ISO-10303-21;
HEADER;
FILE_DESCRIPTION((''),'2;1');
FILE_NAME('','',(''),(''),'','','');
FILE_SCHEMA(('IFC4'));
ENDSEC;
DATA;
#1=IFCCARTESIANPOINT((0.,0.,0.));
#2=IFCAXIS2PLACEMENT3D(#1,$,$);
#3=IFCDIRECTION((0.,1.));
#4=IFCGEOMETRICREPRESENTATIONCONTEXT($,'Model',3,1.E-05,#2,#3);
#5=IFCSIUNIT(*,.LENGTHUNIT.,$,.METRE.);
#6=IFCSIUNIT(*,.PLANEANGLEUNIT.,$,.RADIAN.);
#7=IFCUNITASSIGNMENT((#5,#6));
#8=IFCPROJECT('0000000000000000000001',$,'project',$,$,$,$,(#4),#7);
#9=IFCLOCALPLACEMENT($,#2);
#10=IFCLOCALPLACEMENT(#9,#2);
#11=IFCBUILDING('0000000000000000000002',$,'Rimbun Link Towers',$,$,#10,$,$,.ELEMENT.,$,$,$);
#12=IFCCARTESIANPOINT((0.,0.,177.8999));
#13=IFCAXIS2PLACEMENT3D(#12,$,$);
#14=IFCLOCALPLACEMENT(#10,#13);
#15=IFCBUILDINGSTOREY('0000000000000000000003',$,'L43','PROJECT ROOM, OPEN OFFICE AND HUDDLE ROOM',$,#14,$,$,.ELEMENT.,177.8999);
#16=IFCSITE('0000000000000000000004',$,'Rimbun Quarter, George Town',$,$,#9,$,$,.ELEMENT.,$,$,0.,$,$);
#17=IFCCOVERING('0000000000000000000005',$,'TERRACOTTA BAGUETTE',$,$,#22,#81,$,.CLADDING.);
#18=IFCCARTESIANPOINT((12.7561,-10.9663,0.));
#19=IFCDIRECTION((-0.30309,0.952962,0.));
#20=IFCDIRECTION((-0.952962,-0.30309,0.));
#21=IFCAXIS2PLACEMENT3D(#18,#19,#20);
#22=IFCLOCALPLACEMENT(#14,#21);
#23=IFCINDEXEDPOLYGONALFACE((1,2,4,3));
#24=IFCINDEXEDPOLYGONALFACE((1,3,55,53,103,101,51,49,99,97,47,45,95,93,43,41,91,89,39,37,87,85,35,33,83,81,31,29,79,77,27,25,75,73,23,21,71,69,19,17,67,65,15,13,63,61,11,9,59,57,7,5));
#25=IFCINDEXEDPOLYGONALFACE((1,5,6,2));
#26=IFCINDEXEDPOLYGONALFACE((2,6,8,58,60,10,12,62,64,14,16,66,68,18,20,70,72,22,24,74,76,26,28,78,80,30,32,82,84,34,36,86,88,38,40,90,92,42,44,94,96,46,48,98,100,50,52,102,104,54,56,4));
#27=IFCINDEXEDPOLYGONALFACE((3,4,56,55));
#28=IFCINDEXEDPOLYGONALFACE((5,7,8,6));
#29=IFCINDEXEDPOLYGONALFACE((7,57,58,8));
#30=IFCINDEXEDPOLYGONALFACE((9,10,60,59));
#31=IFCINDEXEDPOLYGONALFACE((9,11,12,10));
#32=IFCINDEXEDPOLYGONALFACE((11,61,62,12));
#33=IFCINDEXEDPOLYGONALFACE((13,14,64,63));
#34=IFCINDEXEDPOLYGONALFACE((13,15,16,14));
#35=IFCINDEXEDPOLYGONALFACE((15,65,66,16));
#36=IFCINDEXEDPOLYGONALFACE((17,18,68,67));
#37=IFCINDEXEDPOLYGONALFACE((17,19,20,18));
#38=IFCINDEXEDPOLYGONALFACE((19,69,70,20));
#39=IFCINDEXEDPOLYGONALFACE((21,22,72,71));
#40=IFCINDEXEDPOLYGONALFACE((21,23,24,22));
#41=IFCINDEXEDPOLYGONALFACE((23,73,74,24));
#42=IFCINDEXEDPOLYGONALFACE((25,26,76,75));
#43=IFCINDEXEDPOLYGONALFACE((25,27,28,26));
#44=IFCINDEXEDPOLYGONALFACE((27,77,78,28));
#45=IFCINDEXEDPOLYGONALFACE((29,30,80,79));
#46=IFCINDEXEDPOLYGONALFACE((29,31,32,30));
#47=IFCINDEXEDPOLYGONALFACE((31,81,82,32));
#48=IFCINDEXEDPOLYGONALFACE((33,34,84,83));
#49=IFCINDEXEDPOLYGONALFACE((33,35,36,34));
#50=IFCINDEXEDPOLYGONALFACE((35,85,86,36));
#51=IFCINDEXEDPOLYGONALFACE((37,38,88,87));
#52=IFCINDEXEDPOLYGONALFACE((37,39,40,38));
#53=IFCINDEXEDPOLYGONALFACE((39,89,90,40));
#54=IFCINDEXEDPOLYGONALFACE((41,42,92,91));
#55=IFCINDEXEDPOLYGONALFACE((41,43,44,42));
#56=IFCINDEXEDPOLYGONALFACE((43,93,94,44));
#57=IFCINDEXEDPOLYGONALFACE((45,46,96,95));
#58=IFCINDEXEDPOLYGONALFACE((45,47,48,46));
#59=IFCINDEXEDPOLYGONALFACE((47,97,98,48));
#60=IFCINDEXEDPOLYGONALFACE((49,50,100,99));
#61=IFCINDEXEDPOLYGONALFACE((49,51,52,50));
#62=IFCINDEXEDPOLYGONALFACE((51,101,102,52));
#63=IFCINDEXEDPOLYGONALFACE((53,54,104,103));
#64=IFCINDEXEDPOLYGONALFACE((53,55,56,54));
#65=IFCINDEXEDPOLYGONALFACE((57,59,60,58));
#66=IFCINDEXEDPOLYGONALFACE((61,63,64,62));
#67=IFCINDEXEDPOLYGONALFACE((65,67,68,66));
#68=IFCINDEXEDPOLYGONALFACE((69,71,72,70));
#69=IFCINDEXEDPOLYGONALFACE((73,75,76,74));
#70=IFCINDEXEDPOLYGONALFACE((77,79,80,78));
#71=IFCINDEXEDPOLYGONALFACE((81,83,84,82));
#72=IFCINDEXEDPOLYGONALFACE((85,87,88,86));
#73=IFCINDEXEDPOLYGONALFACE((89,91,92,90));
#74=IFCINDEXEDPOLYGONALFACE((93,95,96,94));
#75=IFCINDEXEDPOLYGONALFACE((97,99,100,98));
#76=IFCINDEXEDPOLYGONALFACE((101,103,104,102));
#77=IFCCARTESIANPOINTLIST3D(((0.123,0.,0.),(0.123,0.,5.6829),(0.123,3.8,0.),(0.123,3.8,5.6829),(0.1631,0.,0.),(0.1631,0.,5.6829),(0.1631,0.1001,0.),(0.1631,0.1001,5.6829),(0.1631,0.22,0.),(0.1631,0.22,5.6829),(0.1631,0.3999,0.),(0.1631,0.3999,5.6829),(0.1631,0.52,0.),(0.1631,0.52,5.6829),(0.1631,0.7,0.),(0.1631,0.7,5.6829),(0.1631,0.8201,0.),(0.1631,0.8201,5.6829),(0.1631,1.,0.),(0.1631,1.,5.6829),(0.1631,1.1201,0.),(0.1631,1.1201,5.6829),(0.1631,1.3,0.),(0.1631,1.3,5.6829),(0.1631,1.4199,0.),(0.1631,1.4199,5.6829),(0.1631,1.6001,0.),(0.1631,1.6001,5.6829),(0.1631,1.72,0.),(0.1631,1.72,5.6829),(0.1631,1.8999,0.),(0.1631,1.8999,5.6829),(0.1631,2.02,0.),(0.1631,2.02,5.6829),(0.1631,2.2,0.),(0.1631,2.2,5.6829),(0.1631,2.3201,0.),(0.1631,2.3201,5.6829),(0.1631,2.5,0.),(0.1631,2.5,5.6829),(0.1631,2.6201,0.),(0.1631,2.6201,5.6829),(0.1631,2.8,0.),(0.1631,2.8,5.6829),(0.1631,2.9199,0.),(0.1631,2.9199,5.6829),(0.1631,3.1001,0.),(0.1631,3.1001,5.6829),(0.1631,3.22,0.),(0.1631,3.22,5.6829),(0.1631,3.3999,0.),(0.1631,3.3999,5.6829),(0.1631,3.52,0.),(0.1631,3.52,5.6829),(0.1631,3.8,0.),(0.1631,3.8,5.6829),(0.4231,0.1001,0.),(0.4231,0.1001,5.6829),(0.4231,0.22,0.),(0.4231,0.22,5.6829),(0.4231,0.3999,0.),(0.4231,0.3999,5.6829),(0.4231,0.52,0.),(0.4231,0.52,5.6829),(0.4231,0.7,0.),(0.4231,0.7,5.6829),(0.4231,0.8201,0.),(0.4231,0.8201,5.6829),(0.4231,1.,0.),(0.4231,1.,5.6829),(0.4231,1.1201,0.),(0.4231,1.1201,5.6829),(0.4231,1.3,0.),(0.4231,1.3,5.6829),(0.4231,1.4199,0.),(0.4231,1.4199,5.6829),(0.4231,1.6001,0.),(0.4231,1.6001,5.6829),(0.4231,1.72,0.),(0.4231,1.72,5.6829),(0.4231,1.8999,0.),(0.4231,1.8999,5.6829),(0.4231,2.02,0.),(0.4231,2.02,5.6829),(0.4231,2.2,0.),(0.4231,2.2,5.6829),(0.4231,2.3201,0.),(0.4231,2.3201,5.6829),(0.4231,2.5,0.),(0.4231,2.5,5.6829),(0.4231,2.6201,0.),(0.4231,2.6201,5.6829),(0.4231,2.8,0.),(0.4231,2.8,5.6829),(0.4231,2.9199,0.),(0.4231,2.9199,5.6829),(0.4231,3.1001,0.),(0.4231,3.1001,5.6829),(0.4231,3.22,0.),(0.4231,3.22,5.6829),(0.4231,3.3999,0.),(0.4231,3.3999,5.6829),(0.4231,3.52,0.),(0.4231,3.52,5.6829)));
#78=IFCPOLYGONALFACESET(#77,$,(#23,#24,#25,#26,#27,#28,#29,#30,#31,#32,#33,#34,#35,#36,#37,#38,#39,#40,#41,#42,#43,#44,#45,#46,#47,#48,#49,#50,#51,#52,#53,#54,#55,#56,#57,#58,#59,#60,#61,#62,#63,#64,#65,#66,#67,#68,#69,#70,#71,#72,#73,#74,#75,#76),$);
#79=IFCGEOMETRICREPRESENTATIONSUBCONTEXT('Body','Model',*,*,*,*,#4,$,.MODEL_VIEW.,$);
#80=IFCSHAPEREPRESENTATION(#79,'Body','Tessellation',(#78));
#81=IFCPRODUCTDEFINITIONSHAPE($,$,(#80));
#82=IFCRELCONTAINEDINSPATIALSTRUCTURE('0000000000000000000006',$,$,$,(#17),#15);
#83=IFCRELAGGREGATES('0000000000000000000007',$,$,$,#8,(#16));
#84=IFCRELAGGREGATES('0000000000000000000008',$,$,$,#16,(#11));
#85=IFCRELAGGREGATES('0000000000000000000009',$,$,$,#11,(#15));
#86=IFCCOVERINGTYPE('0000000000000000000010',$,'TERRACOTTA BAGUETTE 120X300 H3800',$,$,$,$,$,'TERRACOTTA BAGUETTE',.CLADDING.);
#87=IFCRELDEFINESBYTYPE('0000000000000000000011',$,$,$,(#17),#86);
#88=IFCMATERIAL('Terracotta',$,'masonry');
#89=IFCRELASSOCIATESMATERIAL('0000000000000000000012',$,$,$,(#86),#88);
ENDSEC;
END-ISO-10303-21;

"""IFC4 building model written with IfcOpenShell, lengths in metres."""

from ifc_helpers import new_model, si_unit, direction, frame, origin, place, context, subcontext, project, spatial, polyline, outline, extrude, material, material_profile, profile_set, type_object, element, save


model = new_model("IFC4")

# Units and contexts
model_context = context("Model", 3, precision=1e-05, world=origin(), true_north=direction((0.0, 1.0)))
body_context = subcontext(model_context, "Body", "Model", "MODEL_VIEW")
ifc_project = project(units=[si_unit("LENGTHUNIT", "METRE"), si_unit("PLANEANGLEUNIT", "RADIAN")], contexts=[model_context])

# Site, building, storey
site_placement = place(None, origin())
site = spatial("IfcSite", under=ifc_project, at=site_placement, Name="Rimbun Quarter, George Town", CompositionType="ELEMENT", RefElevation=0.0)
building_placement = place(site_placement, origin())
building = spatial("IfcBuilding", under=site, at=building_placement, Name="Rimbun Link Towers", CompositionType="ELEMENT")
storey_placement = place(building_placement, frame((0.0, 0.0, 177.8999)))
storey = spatial("IfcBuildingStorey", under=building, at=storey_placement, Name="L43", Description="PROJECT ROOM, OPEN OFFICE AND HUDDLE ROOM", CompositionType="ELEMENT", Elevation=177.8999)

# Covering
ifc_material_1 = material(Name="Terracotta", Category="masonry")
ifc_material_profile_1 = material_profile(ifc_material_1, outline(polyline([(0.123, 0.0), (0.1631, 0.0), (0.1631, 0.1001), (0.4231, 0.1001), (0.4231, 0.22), (0.1631, 0.22), (0.1631, 0.3999), (0.4231, 0.3999), (0.4231, 0.52), (0.1631, 0.52), (0.1631, 0.7), (0.4231, 0.7), (0.4231, 0.8201), (0.1631, 0.8201), (0.1631, 1.0), (0.4231, 1.0), (0.4231, 1.1201), (0.1631, 1.1201), (0.1631, 1.3), (0.4231, 1.3), (0.4231, 1.4199), (0.1631, 1.4199), (0.1631, 1.6001), (0.4231, 1.6001), (0.4231, 1.72), (0.1631, 1.72), (0.1631, 1.8999), (0.4231, 1.8999), (0.4231, 2.02), (0.1631, 2.02), (0.1631, 2.2), (0.4231, 2.2), (0.4231, 2.3201), (0.1631, 2.3201), (0.1631, 2.5), (0.4231, 2.5), (0.4231, 2.6201), (0.1631, 2.6201), (0.1631, 2.8), (0.4231, 2.8), (0.4231, 2.9199), (0.1631, 2.9199), (0.1631, 3.1001), (0.4231, 3.1001), (0.4231, 3.22), (0.1631, 3.22), (0.1631, 3.3999), (0.4231, 3.3999), (0.4231, 3.52), (0.1631, 3.52), (0.1631, 3.8), (0.123, 3.8), (0.123, 0.0)])), Name="BAGUETTE 120X300")
ifc_profile_set_1 = profile_set([ifc_material_profile_1], Name="Terracotta")
covering_type = type_object("IfcCoveringType", Name="TERRACOTTA BAGUETTE 120X300 H3800", ElementType="TERRACOTTA BAGUETTE", PredefinedType="CLADDING", material=ifc_profile_set_1)
covering_1_placement = place(storey_placement, frame((12.7561, -10.9663, 0.0), z_axis=(-0.30309, 0.952962, 0.0), x_axis=(-0.952962, -0.30309, 0.0)))
element("IfcCovering", 1, at=covering_1_placement, inside=storey, type_object=covering_type, Name="TERRACOTTA BAGUETTE", PredefinedType="CLADDING", context=body_context, shape_type="SweptSolid", body=[
    extrude(outline(polyline([(0.123, 0.0), (0.1631, 0.0), (0.1631, 0.1001), (0.4231, 0.1001), (0.4231, 0.22), (0.1631, 0.22), (0.1631, 0.3999), (0.4231, 0.3999), (0.4231, 0.52), (0.1631, 0.52), (0.1631, 0.7), (0.4231, 0.7), (0.4231, 0.8201), (0.1631, 0.8201), (0.1631, 1.0), (0.4231, 1.0), (0.4231, 1.1201), (0.1631, 1.1201), (0.1631, 1.3), (0.4231, 1.3), (0.4231, 1.4199), (0.1631, 1.4199), (0.1631, 1.6001), (0.4231, 1.6001), (0.4231, 1.72), (0.1631, 1.72), (0.1631, 1.8999), (0.4231, 1.8999), (0.4231, 2.02), (0.1631, 2.02), (0.1631, 2.2), (0.4231, 2.2), (0.4231, 2.3201), (0.1631, 2.3201), (0.1631, 2.5), (0.4231, 2.5), (0.4231, 2.6201), (0.1631, 2.6201), (0.1631, 2.8), (0.4231, 2.8), (0.4231, 2.9199), (0.1631, 2.9199), (0.1631, 3.1001), (0.4231, 3.1001), (0.4231, 3.22), (0.1631, 3.22), (0.1631, 3.3999), (0.4231, 3.3999), (0.4231, 3.52), (0.1631, 3.52), (0.1631, 3.8), (0.123, 3.8), (0.123, 0.0)])), origin(), (0.0, 0.0, 1.0), 5.6829),
])

save(model, "model.ifc")
